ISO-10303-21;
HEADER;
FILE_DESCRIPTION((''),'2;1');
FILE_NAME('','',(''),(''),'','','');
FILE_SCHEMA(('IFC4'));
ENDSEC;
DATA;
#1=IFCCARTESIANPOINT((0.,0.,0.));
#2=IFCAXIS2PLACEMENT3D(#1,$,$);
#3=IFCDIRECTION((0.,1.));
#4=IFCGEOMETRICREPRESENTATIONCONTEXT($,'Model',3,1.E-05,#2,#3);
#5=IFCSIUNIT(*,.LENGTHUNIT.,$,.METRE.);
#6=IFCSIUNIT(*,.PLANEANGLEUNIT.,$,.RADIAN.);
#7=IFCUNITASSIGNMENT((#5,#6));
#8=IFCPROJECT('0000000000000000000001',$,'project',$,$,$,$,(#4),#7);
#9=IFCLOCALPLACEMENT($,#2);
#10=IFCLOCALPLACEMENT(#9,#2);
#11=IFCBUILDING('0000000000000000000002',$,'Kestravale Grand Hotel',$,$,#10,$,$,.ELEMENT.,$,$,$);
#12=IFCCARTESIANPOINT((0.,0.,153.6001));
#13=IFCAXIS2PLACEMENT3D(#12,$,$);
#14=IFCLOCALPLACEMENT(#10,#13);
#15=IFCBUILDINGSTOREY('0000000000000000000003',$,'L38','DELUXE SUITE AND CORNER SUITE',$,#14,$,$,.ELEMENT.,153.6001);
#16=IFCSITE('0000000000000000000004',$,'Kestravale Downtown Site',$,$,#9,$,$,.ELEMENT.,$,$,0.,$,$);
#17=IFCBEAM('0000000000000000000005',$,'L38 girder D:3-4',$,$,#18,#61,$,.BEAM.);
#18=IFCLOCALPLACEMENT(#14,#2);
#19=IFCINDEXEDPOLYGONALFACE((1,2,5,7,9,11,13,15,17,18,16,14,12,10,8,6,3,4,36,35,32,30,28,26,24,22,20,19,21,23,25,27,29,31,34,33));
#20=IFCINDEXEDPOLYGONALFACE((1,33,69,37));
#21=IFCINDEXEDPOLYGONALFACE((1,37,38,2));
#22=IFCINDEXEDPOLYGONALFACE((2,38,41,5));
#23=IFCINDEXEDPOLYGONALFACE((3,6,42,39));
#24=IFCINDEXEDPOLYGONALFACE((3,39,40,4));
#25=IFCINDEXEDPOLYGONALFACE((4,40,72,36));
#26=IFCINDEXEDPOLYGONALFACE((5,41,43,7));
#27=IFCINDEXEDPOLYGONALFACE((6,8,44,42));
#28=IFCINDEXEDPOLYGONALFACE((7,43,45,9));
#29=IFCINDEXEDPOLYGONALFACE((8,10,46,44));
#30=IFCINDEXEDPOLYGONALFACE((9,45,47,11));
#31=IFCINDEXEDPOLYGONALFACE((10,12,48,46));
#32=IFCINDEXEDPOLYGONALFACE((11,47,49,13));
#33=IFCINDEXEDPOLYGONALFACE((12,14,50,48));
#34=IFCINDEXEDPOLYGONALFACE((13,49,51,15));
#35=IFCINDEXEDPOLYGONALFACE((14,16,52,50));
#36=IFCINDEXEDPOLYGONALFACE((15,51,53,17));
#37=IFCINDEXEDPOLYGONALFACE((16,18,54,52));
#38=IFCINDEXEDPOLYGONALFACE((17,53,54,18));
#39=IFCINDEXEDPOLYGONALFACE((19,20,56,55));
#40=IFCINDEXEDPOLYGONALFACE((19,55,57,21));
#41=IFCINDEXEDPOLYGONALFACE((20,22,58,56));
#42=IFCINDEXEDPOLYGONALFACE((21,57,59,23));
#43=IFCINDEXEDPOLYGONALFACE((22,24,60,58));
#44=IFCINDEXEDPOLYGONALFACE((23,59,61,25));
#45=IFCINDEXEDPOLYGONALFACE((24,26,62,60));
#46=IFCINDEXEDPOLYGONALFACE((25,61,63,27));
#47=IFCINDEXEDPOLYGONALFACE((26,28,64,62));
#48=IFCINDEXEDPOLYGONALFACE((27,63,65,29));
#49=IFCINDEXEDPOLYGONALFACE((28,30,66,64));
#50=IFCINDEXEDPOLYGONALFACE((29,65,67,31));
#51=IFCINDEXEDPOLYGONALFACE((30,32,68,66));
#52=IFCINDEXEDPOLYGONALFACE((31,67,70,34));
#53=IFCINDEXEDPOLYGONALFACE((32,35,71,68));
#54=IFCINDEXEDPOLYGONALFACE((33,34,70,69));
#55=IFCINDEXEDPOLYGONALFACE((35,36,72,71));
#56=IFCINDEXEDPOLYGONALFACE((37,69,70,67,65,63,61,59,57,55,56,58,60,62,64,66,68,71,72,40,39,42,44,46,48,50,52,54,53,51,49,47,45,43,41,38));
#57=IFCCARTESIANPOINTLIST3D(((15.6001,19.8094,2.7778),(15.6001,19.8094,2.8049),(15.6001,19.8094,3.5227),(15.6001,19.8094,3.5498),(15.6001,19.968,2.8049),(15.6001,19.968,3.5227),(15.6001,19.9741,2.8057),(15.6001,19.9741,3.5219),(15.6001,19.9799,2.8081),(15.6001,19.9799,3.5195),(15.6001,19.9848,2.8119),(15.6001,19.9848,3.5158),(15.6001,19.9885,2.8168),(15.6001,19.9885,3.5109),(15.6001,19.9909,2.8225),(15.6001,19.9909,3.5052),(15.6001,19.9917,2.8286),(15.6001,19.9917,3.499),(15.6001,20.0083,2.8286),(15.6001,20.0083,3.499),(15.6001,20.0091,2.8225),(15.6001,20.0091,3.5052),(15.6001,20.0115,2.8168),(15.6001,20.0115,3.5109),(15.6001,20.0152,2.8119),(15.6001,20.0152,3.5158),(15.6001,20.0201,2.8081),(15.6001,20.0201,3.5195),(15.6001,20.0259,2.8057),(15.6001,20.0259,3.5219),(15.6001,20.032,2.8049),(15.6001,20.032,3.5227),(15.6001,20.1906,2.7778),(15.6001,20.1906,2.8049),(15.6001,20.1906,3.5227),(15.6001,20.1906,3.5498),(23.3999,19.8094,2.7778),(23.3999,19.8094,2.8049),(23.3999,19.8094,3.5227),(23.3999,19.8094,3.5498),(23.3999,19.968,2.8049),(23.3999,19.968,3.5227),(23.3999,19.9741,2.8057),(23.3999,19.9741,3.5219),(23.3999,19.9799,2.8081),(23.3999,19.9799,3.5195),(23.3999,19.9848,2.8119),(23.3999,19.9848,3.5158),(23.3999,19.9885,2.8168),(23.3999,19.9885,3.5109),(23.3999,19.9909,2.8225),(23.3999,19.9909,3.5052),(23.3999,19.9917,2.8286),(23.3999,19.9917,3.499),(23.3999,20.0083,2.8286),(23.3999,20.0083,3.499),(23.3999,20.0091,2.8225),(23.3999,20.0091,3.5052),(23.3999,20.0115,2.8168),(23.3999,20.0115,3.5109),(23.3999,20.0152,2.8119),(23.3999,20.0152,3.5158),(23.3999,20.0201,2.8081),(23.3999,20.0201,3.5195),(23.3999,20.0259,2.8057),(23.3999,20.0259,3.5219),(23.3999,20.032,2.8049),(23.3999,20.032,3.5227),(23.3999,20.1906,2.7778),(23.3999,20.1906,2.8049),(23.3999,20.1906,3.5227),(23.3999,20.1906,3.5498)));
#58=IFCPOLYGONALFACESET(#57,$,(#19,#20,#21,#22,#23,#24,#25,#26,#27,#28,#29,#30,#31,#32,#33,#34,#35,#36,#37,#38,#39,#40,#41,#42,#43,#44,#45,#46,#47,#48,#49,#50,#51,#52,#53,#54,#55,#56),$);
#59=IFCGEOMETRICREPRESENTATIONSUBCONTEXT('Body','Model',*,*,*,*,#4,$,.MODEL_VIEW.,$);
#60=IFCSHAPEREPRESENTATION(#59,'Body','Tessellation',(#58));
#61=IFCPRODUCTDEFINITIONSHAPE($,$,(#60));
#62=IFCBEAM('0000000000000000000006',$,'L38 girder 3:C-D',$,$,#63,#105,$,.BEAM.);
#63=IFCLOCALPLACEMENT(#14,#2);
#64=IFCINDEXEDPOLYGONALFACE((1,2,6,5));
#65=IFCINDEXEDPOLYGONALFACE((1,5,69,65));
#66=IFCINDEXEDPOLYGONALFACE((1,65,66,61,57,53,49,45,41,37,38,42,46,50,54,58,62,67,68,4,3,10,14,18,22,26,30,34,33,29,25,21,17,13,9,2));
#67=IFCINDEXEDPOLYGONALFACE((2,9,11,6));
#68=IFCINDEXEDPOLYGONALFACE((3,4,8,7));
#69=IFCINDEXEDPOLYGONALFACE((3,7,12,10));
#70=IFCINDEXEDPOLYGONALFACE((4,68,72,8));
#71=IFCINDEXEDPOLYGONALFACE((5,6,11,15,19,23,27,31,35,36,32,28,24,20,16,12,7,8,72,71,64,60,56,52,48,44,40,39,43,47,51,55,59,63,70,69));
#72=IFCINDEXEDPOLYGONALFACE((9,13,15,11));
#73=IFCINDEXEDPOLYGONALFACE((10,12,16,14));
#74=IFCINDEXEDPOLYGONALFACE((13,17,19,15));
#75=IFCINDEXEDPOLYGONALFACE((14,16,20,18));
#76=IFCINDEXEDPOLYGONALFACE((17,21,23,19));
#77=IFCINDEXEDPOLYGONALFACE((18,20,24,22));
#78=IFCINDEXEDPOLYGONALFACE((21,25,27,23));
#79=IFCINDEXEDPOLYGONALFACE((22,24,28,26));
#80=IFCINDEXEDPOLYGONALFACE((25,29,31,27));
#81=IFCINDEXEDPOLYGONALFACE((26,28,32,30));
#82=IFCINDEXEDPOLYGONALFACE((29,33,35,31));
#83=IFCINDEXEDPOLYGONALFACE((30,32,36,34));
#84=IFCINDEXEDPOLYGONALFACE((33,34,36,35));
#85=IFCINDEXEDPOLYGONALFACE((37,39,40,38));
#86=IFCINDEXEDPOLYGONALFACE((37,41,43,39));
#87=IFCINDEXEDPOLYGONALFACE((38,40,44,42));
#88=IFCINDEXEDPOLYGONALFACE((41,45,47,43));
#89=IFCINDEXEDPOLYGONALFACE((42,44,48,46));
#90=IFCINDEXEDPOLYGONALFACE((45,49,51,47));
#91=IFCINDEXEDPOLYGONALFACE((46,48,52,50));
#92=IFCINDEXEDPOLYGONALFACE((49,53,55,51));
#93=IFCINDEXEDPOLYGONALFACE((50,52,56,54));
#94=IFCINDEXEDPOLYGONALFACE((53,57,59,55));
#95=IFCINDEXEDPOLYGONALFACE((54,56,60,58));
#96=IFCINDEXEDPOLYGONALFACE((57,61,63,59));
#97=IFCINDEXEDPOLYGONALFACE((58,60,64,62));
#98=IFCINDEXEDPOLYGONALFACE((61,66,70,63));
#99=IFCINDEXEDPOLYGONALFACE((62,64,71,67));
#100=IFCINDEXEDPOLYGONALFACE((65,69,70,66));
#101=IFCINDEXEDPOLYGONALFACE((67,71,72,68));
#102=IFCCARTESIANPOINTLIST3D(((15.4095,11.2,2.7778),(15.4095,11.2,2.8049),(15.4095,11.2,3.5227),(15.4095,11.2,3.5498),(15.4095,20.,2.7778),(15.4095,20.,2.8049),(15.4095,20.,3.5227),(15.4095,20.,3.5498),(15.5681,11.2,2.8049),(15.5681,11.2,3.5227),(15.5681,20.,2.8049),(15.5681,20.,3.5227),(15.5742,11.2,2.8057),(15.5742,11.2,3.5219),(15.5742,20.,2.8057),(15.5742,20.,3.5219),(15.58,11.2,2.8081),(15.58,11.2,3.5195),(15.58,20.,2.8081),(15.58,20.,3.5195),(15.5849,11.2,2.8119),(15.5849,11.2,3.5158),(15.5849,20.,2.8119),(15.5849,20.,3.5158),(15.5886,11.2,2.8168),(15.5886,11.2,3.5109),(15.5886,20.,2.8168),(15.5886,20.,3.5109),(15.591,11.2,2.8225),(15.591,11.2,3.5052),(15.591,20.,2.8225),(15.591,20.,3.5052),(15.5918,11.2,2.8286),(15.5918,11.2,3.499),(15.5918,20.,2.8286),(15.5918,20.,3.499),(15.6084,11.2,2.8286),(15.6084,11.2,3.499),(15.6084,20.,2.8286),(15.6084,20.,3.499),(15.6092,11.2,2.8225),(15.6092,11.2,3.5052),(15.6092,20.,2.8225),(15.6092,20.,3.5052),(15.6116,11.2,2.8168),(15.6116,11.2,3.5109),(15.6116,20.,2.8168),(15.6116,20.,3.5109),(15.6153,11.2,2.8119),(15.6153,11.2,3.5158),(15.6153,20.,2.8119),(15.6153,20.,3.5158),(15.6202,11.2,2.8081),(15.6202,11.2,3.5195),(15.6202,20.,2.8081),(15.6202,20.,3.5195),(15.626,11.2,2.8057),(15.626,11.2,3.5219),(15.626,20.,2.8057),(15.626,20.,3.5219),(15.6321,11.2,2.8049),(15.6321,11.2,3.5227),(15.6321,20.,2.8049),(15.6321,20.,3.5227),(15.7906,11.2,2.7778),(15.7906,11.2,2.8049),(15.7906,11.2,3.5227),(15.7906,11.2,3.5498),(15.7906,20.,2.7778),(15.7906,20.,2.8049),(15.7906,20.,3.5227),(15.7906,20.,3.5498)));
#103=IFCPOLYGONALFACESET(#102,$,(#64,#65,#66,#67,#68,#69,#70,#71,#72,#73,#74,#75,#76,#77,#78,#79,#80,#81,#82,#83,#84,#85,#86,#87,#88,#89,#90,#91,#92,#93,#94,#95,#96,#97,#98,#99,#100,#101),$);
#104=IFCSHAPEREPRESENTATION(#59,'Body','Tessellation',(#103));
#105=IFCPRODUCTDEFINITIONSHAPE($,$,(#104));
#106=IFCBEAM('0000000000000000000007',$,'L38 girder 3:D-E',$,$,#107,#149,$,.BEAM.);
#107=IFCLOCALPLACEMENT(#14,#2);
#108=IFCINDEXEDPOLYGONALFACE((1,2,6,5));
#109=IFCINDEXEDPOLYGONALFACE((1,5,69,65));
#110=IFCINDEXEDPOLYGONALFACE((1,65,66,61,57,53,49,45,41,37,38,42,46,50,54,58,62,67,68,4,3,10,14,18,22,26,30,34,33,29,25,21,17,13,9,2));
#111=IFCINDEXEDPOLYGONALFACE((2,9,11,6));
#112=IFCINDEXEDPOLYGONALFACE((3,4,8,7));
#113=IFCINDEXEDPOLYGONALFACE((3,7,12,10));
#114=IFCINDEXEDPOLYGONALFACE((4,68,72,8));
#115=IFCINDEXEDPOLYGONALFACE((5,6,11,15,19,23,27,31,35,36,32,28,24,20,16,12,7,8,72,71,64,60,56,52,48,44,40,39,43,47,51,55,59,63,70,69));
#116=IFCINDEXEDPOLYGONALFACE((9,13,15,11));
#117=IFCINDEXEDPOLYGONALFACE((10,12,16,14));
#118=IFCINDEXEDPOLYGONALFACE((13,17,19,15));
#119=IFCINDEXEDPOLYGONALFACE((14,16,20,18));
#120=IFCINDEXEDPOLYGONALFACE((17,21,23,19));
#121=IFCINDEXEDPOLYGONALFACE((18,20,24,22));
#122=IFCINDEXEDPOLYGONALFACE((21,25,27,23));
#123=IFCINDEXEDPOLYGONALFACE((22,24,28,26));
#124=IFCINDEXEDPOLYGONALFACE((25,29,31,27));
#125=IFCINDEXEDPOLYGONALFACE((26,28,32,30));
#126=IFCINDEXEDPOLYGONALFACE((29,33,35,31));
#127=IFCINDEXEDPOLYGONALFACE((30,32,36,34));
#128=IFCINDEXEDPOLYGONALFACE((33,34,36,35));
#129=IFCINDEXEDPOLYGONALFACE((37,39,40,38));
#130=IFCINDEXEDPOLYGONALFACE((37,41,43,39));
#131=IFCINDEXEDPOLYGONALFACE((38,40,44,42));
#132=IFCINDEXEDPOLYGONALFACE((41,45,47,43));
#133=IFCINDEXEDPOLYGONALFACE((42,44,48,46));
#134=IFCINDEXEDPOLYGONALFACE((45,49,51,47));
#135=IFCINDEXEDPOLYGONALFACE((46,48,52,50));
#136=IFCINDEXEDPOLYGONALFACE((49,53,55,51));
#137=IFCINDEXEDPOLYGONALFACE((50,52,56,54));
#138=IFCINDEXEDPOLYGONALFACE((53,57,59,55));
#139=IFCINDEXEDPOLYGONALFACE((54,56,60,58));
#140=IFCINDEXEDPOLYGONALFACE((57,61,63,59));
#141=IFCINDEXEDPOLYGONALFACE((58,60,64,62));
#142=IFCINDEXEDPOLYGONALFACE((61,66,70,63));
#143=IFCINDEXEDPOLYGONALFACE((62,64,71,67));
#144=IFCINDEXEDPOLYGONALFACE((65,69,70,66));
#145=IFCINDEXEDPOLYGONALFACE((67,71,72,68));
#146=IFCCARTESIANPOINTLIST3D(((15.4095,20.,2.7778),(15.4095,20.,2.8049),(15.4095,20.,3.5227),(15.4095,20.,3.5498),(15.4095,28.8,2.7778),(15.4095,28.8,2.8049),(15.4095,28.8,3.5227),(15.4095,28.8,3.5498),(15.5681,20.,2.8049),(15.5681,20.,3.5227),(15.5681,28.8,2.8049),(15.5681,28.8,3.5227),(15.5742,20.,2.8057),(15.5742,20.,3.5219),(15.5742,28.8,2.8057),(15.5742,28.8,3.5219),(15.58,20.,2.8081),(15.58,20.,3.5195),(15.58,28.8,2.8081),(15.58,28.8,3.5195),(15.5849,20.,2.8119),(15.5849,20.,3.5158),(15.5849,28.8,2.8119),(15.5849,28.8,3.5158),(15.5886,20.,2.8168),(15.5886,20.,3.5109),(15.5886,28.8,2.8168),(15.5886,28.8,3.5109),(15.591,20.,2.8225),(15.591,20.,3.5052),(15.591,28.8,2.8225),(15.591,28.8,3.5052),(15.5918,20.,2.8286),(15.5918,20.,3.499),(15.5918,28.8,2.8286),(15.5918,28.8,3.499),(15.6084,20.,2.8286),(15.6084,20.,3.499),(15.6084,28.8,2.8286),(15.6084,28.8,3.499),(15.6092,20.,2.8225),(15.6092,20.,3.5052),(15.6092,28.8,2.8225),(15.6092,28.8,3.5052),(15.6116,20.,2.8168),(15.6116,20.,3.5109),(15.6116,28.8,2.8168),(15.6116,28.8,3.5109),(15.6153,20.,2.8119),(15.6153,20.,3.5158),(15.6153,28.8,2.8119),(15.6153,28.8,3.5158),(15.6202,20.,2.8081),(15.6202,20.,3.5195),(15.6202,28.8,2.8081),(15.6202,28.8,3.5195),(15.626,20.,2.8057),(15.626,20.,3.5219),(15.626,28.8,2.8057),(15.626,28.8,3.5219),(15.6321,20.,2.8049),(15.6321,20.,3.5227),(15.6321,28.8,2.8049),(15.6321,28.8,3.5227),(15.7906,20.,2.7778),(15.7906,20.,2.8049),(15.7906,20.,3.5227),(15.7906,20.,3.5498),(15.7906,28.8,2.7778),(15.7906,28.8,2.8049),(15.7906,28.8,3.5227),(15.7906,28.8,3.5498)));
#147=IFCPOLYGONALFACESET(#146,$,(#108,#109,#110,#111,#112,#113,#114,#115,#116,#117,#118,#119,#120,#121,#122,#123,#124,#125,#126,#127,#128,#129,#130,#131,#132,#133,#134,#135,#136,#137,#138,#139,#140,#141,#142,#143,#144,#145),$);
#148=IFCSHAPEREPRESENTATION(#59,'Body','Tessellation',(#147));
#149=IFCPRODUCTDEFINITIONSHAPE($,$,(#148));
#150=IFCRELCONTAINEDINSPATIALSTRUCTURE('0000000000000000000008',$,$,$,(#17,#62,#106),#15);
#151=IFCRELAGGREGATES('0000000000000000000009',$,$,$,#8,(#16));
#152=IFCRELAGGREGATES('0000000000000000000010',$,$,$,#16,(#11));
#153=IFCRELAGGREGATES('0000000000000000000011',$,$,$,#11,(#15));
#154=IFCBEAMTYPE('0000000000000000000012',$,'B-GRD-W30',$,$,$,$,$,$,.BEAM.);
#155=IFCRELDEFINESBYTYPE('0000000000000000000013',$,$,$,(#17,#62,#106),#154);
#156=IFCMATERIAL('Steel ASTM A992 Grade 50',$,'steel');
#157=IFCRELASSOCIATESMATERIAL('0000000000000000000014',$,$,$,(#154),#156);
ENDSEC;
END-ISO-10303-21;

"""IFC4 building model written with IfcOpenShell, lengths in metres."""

from ifc_helpers import new_model, si_unit, direction, frame, origin, origin_2d, place, context, subcontext, project, spatial, i_section, extrude, material, material_profile, profile_set, type_object, element, save


model = new_model("IFC4")

# Units and contexts
model_context = context("Model", 3, precision=1e-05, world=origin(), true_north=direction((0.0, 1.0)))
body_context = subcontext(model_context, "Body", "Model", "MODEL_VIEW")
ifc_project = project(units=[si_unit("LENGTHUNIT", "METRE"), si_unit("PLANEANGLEUNIT", "RADIAN")], contexts=[model_context])

# Site, building, storey
site_placement = place(None, origin())
site = spatial("IfcSite", under=ifc_project, at=site_placement, Name="Kestravale Downtown Site", CompositionType="ELEMENT", RefElevation=0.0)
building_placement = place(site_placement, origin())
building = spatial("IfcBuilding", under=site, at=building_placement, Name="Kestravale Grand Hotel", CompositionType="ELEMENT")
storey_placement = place(building_placement, frame((0.0, 0.0, 153.6001)))
storey = spatial("IfcBuildingStorey", under=building, at=storey_placement, Name="L38", Description="DELUXE SUITE AND CORNER SUITE", CompositionType="ELEMENT", Elevation=153.6001)

# Beams
ifc_material_1 = material(Name="Steel ASTM A992 Grade 50", Category="steel")
ifc_material_profile_1 = material_profile(ifc_material_1, i_section(OverallWidth=0.3811, OverallDepth=0.772, WebThickness=0.0166, FlangeThickness=0.0271, FilletRadius=0.0237, at=origin_2d()))
ifc_profile_set_1 = profile_set([ifc_material_profile_1], Name="Steel ASTM A992 Grade 50")
beam_type_1 = type_object("IfcBeamType", Name="B-GRD-W30", PredefinedType="BEAM", material=ifc_profile_set_1)
for number, where, z_axis, x_axis, name in (
    (1, (15.6001, 20.0, 3.1638), (1.0, 0.0, 0.0), (0.0, 1.0, 0.0), "L38 girder D:3-4"),
):
    element("IfcBeam", number, at=place(storey_placement, frame(where, z_axis=z_axis, x_axis=x_axis)), inside=storey, type_object=beam_type_1, Name=name, PredefinedType="BEAM", context=body_context, shape_type="SweptSolid", body=[
        extrude(i_section(OverallWidth=0.3811, OverallDepth=0.772, WebThickness=0.0166, FlangeThickness=0.0271, FilletRadius=0.0237, at=origin_2d()), origin(), (0.0, 0.0, 1.0), 7.7998),
    ])
for number, where, z_axis, x_axis, name in (
    (2, (15.6001, 11.2, 3.1638), (0.0, 1.0, 0.0), (-1.0, 0.0, 0.0), "L38 girder 3:C-D"),
    (3, (15.6001, 20.0, 3.1638), (0.0, 1.0, 0.0), (-1.0, 0.0, 0.0), "L38 girder 3:D-E"),
):
    element("IfcBeam", number, at=place(storey_placement, frame(where, z_axis=z_axis, x_axis=x_axis)), inside=storey, type_object=beam_type_1, Name=name, PredefinedType="BEAM", context=body_context, shape_type="SweptSolid", body=[
        extrude(i_section(OverallWidth=0.3811, OverallDepth=0.772, WebThickness=0.0166, FlangeThickness=0.0271, FilletRadius=0.0237, at=origin_2d()), origin(), (0.0, 0.0, 1.0), 8.8),
    ])

save(model, "model.ifc")
